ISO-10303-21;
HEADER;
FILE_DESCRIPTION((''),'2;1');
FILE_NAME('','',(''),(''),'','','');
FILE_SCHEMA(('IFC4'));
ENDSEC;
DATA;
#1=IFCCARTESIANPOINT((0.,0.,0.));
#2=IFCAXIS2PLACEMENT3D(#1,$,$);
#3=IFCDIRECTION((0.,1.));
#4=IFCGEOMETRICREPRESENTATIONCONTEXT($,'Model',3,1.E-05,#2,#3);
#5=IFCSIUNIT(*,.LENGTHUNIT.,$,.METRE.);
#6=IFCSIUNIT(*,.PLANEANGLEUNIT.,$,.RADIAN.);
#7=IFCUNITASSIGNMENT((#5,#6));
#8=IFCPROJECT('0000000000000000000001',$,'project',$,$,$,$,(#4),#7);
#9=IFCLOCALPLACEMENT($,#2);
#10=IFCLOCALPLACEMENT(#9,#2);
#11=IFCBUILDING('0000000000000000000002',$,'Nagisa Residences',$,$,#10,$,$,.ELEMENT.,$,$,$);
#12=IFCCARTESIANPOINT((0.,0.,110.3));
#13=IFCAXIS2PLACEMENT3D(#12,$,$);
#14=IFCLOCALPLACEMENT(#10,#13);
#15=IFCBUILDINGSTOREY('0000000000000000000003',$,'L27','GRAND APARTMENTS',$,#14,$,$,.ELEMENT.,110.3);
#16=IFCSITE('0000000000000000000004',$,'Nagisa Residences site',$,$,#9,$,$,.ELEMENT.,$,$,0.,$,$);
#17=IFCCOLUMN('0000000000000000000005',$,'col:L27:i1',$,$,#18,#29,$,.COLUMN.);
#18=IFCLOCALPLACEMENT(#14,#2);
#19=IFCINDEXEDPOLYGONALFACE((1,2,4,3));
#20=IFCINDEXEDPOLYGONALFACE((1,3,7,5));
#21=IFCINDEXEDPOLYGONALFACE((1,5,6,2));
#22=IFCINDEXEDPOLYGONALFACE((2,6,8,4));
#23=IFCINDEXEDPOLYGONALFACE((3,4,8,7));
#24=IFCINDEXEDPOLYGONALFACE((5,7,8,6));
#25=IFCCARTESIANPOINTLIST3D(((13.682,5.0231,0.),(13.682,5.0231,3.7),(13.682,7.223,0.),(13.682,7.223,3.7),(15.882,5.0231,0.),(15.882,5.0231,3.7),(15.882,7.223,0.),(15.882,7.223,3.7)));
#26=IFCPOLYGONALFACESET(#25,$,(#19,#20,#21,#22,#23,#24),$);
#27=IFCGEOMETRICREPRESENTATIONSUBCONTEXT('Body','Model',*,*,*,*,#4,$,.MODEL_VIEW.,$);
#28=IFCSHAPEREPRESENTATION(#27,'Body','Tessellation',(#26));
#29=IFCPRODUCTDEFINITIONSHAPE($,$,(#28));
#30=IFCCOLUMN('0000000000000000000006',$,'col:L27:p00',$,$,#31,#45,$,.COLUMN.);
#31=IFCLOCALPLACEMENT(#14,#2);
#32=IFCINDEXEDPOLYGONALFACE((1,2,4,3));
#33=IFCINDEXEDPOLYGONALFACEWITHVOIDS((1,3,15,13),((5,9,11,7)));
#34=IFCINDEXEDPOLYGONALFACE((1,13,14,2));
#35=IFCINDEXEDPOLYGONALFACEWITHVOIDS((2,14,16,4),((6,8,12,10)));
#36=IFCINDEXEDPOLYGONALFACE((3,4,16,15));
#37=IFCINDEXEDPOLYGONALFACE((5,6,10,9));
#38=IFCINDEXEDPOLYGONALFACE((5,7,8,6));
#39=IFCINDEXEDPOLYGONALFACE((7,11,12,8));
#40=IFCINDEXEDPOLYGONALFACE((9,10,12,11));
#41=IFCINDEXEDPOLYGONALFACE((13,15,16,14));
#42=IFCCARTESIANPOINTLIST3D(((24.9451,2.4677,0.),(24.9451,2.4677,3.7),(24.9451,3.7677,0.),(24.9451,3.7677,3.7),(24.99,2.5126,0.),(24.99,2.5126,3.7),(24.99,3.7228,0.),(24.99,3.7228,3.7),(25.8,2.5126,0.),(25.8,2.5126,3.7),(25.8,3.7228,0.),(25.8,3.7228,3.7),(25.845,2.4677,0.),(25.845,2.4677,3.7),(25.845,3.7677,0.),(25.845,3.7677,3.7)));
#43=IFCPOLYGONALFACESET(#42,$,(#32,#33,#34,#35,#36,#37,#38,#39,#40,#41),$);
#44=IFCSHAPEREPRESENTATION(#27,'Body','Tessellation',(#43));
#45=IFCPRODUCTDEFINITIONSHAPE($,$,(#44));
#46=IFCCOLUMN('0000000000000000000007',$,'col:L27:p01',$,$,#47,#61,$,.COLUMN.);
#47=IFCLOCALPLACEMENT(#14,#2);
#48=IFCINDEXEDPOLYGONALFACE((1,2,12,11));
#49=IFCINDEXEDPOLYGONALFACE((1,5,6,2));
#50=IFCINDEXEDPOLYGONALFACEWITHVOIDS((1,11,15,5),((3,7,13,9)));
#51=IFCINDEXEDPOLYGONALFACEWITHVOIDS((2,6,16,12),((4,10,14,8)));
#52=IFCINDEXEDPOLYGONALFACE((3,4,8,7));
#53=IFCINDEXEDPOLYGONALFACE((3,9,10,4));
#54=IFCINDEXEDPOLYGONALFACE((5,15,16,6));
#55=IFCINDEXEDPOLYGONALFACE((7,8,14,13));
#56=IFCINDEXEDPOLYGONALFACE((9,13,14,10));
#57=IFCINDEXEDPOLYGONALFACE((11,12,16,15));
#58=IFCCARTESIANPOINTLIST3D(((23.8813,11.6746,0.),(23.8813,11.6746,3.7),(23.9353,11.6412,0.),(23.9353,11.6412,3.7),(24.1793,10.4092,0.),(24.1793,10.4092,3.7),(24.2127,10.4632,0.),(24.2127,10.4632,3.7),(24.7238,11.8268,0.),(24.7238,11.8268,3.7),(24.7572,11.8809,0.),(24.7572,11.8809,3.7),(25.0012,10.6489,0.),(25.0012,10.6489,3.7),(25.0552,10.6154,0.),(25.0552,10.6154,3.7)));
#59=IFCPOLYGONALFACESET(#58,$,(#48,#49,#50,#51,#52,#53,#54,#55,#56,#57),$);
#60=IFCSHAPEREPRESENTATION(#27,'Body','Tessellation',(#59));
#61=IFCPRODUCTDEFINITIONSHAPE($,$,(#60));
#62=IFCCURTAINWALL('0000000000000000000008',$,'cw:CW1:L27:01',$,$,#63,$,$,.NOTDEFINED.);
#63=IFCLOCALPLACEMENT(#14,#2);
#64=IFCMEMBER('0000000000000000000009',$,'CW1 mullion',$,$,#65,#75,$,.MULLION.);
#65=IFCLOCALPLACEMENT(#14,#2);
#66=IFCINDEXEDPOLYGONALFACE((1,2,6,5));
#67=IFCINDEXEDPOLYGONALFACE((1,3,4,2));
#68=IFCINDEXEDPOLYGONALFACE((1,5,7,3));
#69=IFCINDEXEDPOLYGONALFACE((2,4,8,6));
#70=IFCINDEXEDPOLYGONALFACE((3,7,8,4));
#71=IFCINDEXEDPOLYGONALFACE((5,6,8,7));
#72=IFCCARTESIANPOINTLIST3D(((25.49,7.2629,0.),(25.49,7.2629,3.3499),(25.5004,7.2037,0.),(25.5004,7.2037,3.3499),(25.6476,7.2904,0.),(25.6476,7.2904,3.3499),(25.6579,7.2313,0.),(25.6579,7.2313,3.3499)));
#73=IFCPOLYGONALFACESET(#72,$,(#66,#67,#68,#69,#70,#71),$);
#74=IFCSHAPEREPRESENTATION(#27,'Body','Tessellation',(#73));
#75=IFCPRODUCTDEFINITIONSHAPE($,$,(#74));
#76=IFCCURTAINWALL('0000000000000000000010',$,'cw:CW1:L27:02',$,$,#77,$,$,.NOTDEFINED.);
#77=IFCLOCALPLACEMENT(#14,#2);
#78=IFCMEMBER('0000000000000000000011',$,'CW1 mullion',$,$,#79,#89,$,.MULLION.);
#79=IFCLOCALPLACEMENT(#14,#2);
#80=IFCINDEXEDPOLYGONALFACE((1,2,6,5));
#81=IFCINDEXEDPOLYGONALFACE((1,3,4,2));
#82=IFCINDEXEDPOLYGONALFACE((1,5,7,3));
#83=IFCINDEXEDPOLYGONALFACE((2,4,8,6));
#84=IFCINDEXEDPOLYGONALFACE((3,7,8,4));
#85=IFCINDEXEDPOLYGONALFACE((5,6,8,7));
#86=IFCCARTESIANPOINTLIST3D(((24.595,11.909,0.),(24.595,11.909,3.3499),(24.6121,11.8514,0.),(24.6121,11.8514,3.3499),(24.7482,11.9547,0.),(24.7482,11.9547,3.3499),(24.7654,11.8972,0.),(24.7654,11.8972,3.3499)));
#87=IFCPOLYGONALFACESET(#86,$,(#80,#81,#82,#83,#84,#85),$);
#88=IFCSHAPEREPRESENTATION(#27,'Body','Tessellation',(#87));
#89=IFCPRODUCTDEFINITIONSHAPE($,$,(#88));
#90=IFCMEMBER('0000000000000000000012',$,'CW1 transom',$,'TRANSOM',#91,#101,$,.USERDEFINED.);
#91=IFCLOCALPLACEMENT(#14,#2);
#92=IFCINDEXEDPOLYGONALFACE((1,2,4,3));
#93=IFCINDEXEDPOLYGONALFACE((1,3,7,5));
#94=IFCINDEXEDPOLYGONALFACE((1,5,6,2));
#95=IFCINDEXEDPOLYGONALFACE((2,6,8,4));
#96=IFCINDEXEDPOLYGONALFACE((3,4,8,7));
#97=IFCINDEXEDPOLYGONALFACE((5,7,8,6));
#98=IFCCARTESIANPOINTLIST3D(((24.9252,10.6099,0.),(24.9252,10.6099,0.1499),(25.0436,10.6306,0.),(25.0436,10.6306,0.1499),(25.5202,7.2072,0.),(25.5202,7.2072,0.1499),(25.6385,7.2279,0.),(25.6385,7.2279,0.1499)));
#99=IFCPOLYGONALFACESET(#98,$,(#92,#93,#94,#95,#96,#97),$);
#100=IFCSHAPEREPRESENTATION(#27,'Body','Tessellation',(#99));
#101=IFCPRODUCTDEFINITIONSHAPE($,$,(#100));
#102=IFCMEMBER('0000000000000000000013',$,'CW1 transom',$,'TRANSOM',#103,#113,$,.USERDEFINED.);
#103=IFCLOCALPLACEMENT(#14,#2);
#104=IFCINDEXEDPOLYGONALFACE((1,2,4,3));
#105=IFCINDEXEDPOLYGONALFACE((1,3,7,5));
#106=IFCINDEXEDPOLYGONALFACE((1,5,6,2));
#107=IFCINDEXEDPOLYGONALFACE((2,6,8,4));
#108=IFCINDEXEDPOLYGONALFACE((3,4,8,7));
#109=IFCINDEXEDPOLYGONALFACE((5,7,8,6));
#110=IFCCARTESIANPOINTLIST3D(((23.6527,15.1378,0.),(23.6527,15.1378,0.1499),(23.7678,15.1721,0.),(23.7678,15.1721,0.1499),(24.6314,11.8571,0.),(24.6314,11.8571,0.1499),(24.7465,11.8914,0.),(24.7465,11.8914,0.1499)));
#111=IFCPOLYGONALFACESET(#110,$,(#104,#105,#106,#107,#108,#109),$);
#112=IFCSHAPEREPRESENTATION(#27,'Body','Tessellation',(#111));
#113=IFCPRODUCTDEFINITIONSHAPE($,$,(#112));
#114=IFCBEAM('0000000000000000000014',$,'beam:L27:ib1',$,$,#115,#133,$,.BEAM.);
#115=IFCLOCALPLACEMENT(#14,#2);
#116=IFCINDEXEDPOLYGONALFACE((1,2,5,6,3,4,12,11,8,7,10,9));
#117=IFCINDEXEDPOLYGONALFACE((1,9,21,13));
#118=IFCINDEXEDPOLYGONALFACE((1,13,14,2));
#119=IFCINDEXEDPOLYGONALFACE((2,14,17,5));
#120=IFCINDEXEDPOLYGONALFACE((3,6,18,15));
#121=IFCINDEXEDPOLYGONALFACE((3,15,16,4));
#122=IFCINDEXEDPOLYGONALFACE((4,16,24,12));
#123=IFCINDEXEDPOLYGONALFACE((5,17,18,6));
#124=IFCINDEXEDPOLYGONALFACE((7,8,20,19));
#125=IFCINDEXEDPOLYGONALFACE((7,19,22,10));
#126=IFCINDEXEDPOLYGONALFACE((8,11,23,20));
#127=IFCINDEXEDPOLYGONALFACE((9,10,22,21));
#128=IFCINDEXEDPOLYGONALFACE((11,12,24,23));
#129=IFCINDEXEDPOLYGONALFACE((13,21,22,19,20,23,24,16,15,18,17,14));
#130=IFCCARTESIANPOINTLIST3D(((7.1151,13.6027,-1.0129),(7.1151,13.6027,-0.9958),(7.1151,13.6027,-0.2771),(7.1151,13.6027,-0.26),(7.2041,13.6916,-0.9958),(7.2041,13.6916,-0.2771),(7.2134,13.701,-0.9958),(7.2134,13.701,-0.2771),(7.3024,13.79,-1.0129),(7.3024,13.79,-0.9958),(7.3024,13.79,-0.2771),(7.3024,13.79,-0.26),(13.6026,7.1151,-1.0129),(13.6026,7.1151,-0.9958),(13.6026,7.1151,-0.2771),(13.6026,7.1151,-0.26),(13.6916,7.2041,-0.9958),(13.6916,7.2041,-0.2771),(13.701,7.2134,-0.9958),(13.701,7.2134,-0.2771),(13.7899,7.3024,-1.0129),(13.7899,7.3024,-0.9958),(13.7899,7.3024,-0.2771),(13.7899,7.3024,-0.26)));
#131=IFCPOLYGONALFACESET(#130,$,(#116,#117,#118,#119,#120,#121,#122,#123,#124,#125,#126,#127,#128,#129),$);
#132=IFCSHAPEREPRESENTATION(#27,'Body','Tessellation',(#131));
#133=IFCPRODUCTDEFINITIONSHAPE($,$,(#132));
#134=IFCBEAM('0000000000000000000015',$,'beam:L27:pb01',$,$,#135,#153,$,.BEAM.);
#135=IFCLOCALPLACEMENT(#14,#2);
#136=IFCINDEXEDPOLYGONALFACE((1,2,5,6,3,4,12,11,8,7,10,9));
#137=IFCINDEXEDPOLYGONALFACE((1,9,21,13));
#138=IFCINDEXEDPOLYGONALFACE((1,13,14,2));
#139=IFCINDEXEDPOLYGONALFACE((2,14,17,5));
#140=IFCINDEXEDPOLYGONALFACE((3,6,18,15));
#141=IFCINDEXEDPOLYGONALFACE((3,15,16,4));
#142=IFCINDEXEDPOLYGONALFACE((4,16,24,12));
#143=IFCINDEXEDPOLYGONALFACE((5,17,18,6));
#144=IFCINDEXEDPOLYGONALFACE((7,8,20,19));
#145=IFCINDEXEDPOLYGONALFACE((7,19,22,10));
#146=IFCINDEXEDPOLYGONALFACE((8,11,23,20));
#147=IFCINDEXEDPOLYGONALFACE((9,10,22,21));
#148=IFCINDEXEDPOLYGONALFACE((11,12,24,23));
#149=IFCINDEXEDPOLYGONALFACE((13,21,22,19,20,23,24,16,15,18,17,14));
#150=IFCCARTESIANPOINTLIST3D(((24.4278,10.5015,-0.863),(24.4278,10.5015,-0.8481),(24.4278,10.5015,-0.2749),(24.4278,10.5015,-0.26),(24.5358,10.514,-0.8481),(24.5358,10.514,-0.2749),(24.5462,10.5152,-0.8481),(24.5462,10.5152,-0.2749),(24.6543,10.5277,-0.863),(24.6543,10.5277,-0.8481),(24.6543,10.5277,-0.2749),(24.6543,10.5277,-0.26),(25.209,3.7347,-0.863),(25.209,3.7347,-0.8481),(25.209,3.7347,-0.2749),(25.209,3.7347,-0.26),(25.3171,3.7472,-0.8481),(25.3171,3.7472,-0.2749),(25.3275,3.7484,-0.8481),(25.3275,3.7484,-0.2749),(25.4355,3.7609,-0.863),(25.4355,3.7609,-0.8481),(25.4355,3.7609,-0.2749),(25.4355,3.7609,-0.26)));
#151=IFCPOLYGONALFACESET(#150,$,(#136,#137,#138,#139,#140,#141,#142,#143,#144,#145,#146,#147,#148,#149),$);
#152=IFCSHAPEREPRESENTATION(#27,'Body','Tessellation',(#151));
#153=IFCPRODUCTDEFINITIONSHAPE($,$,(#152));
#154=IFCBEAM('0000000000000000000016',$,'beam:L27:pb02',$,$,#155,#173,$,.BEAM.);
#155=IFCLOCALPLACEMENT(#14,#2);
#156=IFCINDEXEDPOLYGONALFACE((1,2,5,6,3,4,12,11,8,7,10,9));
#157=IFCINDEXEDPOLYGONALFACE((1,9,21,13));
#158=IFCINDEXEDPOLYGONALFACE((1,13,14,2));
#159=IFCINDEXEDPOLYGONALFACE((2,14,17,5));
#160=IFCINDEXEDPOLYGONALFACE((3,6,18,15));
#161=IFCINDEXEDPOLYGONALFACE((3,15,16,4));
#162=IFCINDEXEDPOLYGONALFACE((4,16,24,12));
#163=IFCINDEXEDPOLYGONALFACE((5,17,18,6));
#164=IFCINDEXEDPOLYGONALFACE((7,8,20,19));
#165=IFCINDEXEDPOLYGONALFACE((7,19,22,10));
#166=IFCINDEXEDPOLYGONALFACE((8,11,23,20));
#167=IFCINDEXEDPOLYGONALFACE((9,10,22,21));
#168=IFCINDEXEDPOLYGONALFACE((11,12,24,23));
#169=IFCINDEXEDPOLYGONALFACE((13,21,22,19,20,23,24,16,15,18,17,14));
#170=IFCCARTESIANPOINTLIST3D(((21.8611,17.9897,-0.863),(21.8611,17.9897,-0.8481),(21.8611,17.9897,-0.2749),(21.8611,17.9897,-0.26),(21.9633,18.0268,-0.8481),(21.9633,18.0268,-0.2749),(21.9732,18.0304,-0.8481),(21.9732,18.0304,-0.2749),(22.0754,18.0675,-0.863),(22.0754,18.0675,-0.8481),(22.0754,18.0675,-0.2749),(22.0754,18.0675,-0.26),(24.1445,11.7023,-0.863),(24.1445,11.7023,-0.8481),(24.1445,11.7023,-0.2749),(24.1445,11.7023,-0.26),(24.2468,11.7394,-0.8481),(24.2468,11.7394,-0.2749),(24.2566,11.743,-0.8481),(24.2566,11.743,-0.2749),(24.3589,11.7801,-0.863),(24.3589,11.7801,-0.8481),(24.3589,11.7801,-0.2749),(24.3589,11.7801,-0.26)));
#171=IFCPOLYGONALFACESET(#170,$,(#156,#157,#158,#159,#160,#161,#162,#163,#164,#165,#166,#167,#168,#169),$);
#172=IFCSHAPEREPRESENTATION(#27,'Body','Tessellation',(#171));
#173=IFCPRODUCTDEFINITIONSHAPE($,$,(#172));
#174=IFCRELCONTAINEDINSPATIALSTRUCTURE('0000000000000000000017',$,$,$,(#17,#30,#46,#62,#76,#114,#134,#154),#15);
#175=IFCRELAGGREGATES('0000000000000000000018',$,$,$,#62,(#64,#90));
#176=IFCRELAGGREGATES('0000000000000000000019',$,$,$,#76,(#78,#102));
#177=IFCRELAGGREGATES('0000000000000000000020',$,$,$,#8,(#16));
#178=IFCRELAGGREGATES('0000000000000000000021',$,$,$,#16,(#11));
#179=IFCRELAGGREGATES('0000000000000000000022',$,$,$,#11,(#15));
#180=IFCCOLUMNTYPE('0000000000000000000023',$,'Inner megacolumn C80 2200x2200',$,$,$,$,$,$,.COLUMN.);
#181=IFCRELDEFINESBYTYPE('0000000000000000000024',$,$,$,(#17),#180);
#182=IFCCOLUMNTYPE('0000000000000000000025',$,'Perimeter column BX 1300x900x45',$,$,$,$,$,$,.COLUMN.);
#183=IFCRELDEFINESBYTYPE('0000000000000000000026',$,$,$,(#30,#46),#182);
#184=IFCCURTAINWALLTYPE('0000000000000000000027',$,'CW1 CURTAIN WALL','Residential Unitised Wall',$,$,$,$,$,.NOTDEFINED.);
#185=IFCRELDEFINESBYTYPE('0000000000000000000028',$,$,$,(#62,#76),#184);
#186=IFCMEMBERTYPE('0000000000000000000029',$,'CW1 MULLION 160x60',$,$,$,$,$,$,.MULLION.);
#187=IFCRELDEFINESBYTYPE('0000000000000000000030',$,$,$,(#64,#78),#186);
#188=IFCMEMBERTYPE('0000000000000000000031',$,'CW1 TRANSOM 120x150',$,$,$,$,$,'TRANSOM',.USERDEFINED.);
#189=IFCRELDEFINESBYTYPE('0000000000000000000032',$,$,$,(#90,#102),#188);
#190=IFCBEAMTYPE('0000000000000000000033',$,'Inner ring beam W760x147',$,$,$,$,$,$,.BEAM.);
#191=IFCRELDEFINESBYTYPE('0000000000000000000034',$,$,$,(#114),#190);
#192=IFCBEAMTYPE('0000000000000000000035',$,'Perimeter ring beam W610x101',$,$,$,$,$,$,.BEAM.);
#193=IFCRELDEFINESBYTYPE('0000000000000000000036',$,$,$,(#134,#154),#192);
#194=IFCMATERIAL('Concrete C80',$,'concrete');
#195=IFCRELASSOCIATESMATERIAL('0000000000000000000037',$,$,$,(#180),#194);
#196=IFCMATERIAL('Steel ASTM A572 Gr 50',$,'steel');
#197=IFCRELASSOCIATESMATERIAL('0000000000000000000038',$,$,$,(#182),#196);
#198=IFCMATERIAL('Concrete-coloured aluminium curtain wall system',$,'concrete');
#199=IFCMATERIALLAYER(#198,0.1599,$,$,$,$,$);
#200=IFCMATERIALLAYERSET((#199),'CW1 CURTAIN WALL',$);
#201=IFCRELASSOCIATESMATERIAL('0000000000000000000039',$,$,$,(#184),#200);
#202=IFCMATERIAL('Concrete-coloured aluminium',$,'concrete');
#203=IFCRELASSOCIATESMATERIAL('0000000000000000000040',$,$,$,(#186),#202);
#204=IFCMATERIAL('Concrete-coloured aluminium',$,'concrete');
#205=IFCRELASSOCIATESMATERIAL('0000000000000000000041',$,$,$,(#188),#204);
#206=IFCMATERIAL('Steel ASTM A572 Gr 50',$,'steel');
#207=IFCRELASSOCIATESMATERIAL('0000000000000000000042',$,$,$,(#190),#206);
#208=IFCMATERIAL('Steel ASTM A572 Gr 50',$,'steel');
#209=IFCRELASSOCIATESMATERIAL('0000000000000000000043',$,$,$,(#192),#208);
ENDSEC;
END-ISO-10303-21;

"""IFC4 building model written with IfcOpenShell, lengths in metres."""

from ifc_helpers import new_model, si_unit, direction, frame, origin, origin_2d, place, context, subcontext, project, spatial, rectangle, hollow_rectangle, i_section, extrude, material, layer, layer_set, material_profile, profile_set, type_object, element, aggregate, save


model = new_model("IFC4")

# Units and contexts
model_context = context("Model", 3, precision=1e-05, world=origin(), true_north=direction((0.0, 1.0)))
body_context = subcontext(model_context, "Body", "Model", "MODEL_VIEW")
ifc_project = project(units=[si_unit("LENGTHUNIT", "METRE"), si_unit("PLANEANGLEUNIT", "RADIAN")], contexts=[model_context])

# Site, building, storey
site_placement = place(None, origin())
site = spatial("IfcSite", under=ifc_project, at=site_placement, Name="Nagisa Residences site", CompositionType="ELEMENT", RefElevation=0.0)
building_placement = place(site_placement, origin())
building = spatial("IfcBuilding", under=site, at=building_placement, Name="Nagisa Residences", CompositionType="ELEMENT")
storey_placement = place(building_placement, frame((0.0, 0.0, 110.3)))
storey = spatial("IfcBuildingStorey", under=building, at=storey_placement, Name="L27", Description="GRAND APARTMENTS", CompositionType="ELEMENT", Elevation=110.3)

# Columns
ifc_material_1 = material(Name="Concrete C80", Category="concrete")
ifc_material_profile_1 = material_profile(ifc_material_1, rectangle(XDim=2.2, YDim=2.2, at=origin_2d()), Name="C80 2200x2200")
ifc_profile_set_1 = profile_set([ifc_material_profile_1], Name="Concrete C80")
column_type_1 = type_object("IfcColumnType", Name="Inner megacolumn C80 2200x2200", PredefinedType="COLUMN", material=ifc_profile_set_1)
column_placement = place(storey_placement, frame((14.782, 6.123, 0.0), z_axis=(0.0, 0.0, 1.0), x_axis=(1.0, 0.0, 0.0)))
element("IfcColumn", 1, at=column_placement, inside=storey, type_object=column_type_1, Name="col:L27:i1", PredefinedType="COLUMN", context=body_context, shape_type="SweptSolid", body=[
    extrude(rectangle(XDim=2.2, YDim=2.2, at=origin_2d()), origin(), (0.0, 0.0, 1.0), 3.7),
])
ifc_material_2 = material(Name="Steel ASTM A572 Gr 50", Category="steel")
ifc_material_profile_2 = material_profile(ifc_material_2, hollow_rectangle(XDim=1.3, YDim=0.8999, WallThickness=0.0449, at=origin_2d()), Name="BX 1300x900x45")
ifc_profile_set_2 = profile_set([ifc_material_profile_2], Name="Steel ASTM A572 Gr 50")
column_type_2 = type_object("IfcColumnType", Name="Perimeter column BX 1300x900x45", PredefinedType="COLUMN", material=ifc_profile_set_2)
for number, where, z_axis, x_axis, name in (
    (2, (25.395, 3.1177, 0.0), (0.0, 0.0, 1.0), (0.0, 1.0, 0.0), "col:L27:p00"),
    (3, (24.4683, 11.145, 0.0), (0.0, 0.0, 1.0), (-0.229202, 0.973379, 0.0), "col:L27:p01"),
):
    element("IfcColumn", number, at=place(storey_placement, frame(where, z_axis=z_axis, x_axis=x_axis)), inside=storey, type_object=column_type_2, Name=name, PredefinedType="COLUMN", context=body_context, shape_type="SweptSolid", body=[
        extrude(hollow_rectangle(XDim=1.3, YDim=0.8999, WallThickness=0.0449, at=origin_2d()), origin(), (0.0, 0.0, 1.0), 3.7),
    ])

# Curtain walls, members
ifc_material_3 = material(Name="Concrete-coloured aluminium curtain wall system", Category="concrete")
ifc_layer_1 = layer(ifc_material_3, 0.1599)
ifc_layer_set_1 = layer_set([ifc_layer_1], Name="CW1 CURTAIN WALL")
curtain_wall_type = type_object("IfcCurtainWallType", Name="CW1 CURTAIN WALL", Description="Residential Unitised Wall", PredefinedType="NOTDEFINED", material=ifc_layer_set_1)
curtain_wall_1_placement = place(storey_placement, origin())
curtain_wall_1 = element("IfcCurtainWall", 4, at=curtain_wall_1_placement, inside=storey, type_object=curtain_wall_type, Name="cw:CW1:L27:01", PredefinedType="NOTDEFINED")
ifc_material_4 = material(Name="Concrete-coloured aluminium", Category="concrete")
ifc_material_profile_3 = material_profile(ifc_material_4, rectangle(XDim=0.1599, YDim=0.0601, at=origin_2d()), Name="CW1 MULLION 160x60")
ifc_profile_set_3 = profile_set([ifc_material_profile_3], Name="Concrete-coloured aluminium")
member_type_1 = type_object("IfcMemberType", Name="CW1 MULLION 160x60", PredefinedType="MULLION", material=ifc_profile_set_3)
member_1_placement = place(storey_placement, frame((25.574, 7.2471, 0.0), z_axis=(0.0, 0.0, 1.0), x_axis=(-0.985064, -0.172191, 0.0)))
member_1 = element("IfcMember", 5, at=member_1_placement, type_object=member_type_1, Name="CW1 mullion", PredefinedType="MULLION", context=body_context, shape_type="SweptSolid", body=[
    extrude(rectangle(XDim=0.1599, YDim=0.0601, at=origin_2d()), origin(), (0.0, 0.0, 1.0), 3.3499),
])
curtain_wall_2_placement = place(storey_placement, origin())
curtain_wall_2 = element("IfcCurtainWall", 6, at=curtain_wall_2_placement, inside=storey, type_object=curtain_wall_type, Name="cw:CW1:L27:02", PredefinedType="NOTDEFINED")
member_2_placement = place(storey_placement, frame((24.6802, 11.9031, 0.0), z_axis=(0.0, 0.0, 1.0), x_axis=(-0.958271, -0.28586, 0.0)))
member_2 = element("IfcMember", 7, at=member_2_placement, type_object=member_type_1, Name="CW1 mullion", PredefinedType="MULLION", context=body_context, shape_type="SweptSolid", body=[
    extrude(rectangle(XDim=0.1599, YDim=0.0601, at=origin_2d()), origin(), (0.0, 0.0, 1.0), 3.3499),
])

# Members
ifc_material_5 = material(Name="Concrete-coloured aluminium", Category="concrete")
ifc_material_profile_4 = material_profile(ifc_material_5, rectangle(XDim=0.1201, YDim=0.1499, at=origin_2d()), Name="CW1 TRANSOM 120x150")
ifc_profile_set_4 = profile_set([ifc_material_profile_4], Name="Concrete-coloured aluminium")
member_type_2 = type_object("IfcMemberType", Name="CW1 TRANSOM 120x150", ElementType="TRANSOM", PredefinedType="USERDEFINED", material=ifc_profile_set_4)
member_3_placement = place(storey_placement, frame((25.5793, 7.2175, 0.075), z_axis=(-0.172233, 0.985056, 0.0), x_axis=(-0.985056, -0.172233, 0.0)))
member_3 = element("IfcMember", 8, at=member_3_placement, type_object=member_type_2, Name="CW1 transom", ObjectType="TRANSOM", PredefinedType="USERDEFINED", context=body_context, shape_type="SweptSolid", body=[
    extrude(rectangle(XDim=0.1201, YDim=0.1499, at=origin_2d()), origin(), (0.0, 0.0, 1.0), 3.4543),
])
member_4_placement = place(storey_placement, frame((24.689, 11.8743, 0.075), z_axis=(-0.285882, 0.958265, 0.0), x_axis=(-0.958265, -0.285882, 0.0)))
member_4 = element("IfcMember", 9, at=member_4_placement, type_object=member_type_2, Name="CW1 transom", ObjectType="TRANSOM", PredefinedType="USERDEFINED", context=body_context, shape_type="SweptSolid", body=[
    extrude(rectangle(XDim=0.1201, YDim=0.1499, at=origin_2d()), origin(), (0.0, 0.0, 1.0), 3.4236),
])

# Beams
ifc_material_6 = material(Name="Steel ASTM A572 Gr 50", Category="steel")
ifc_material_profile_5 = material_profile(ifc_material_6, i_section(OverallWidth=0.2649, OverallDepth=0.7529, WebThickness=0.0132, FlangeThickness=0.0171, at=origin_2d()), Name="W760x147")
ifc_profile_set_5 = profile_set([ifc_material_profile_5], Name="Steel ASTM A572 Gr 50")
beam_type_1 = type_object("IfcBeamType", Name="Inner ring beam W760x147", PredefinedType="BEAM", material=ifc_profile_set_5)
beam_1_placement = place(storey_placement, frame((13.6963, 7.2087, -0.6365), z_axis=(-0.707107, 0.707107, 0.0), x_axis=(-0.707107, -0.707107, 0.0)))
element("IfcBeam", 10, at=beam_1_placement, inside=storey, type_object=beam_type_1, Name="beam:L27:ib1", PredefinedType="BEAM", context=body_context, shape_type="SweptSolid", body=[
    extrude(i_section(OverallWidth=0.2649, OverallDepth=0.7529, WebThickness=0.0132, FlangeThickness=0.0171, at=origin_2d()), origin(), (0.0, 0.0, 1.0), 9.1748),
])
ifc_material_7 = material(Name="Steel ASTM A572 Gr 50", Category="steel")
ifc_material_profile_6 = material_profile(ifc_material_7, i_section(OverallWidth=0.228, OverallDepth=0.603, WebThickness=0.0105, FlangeThickness=0.0149, at=origin_2d()), Name="W610x101")
ifc_profile_set_6 = profile_set([ifc_material_profile_6], Name="Steel ASTM A572 Gr 50")
beam_type_2 = type_object("IfcBeamType", Name="Perimeter ring beam W610x101", PredefinedType="BEAM", material=ifc_profile_set_6)
beam_2_placement = place(storey_placement, frame((25.3223, 3.7478, -0.5615), z_axis=(-0.114691, 0.993401, 0.0), x_axis=(-0.993401, -0.114691, 0.0)))
element("IfcBeam", 11, at=beam_2_placement, inside=storey, type_object=beam_type_2, Name="beam:L27:pb01", PredefinedType="BEAM", context=body_context, shape_type="SweptSolid", body=[
    extrude(i_section(OverallWidth=0.228, OverallDepth=0.603, WebThickness=0.0105, FlangeThickness=0.0149, at=origin_2d()), origin(), (0.0, 0.0, 1.0), 6.8118),
])
beam_3_placement = place(storey_placement, frame((24.2517, 11.7412, -0.5615), z_axis=(-0.341365, 0.939931, 0.0), x_axis=(-0.939931, -0.341365, 0.0)))
element("IfcBeam", 12, at=beam_3_placement, inside=storey, type_object=beam_type_2, Name="beam:L27:pb02", PredefinedType="BEAM", context=body_context, shape_type="SweptSolid", body=[
    extrude(i_section(OverallWidth=0.228, OverallDepth=0.603, WebThickness=0.0105, FlangeThickness=0.0149, at=origin_2d()), origin(), (0.0, 0.0, 1.0), 6.6892),
])

aggregate(curtain_wall_1, [member_1, member_3])
aggregate(curtain_wall_2, [member_2, member_4])

save(model, "model.ifc")
